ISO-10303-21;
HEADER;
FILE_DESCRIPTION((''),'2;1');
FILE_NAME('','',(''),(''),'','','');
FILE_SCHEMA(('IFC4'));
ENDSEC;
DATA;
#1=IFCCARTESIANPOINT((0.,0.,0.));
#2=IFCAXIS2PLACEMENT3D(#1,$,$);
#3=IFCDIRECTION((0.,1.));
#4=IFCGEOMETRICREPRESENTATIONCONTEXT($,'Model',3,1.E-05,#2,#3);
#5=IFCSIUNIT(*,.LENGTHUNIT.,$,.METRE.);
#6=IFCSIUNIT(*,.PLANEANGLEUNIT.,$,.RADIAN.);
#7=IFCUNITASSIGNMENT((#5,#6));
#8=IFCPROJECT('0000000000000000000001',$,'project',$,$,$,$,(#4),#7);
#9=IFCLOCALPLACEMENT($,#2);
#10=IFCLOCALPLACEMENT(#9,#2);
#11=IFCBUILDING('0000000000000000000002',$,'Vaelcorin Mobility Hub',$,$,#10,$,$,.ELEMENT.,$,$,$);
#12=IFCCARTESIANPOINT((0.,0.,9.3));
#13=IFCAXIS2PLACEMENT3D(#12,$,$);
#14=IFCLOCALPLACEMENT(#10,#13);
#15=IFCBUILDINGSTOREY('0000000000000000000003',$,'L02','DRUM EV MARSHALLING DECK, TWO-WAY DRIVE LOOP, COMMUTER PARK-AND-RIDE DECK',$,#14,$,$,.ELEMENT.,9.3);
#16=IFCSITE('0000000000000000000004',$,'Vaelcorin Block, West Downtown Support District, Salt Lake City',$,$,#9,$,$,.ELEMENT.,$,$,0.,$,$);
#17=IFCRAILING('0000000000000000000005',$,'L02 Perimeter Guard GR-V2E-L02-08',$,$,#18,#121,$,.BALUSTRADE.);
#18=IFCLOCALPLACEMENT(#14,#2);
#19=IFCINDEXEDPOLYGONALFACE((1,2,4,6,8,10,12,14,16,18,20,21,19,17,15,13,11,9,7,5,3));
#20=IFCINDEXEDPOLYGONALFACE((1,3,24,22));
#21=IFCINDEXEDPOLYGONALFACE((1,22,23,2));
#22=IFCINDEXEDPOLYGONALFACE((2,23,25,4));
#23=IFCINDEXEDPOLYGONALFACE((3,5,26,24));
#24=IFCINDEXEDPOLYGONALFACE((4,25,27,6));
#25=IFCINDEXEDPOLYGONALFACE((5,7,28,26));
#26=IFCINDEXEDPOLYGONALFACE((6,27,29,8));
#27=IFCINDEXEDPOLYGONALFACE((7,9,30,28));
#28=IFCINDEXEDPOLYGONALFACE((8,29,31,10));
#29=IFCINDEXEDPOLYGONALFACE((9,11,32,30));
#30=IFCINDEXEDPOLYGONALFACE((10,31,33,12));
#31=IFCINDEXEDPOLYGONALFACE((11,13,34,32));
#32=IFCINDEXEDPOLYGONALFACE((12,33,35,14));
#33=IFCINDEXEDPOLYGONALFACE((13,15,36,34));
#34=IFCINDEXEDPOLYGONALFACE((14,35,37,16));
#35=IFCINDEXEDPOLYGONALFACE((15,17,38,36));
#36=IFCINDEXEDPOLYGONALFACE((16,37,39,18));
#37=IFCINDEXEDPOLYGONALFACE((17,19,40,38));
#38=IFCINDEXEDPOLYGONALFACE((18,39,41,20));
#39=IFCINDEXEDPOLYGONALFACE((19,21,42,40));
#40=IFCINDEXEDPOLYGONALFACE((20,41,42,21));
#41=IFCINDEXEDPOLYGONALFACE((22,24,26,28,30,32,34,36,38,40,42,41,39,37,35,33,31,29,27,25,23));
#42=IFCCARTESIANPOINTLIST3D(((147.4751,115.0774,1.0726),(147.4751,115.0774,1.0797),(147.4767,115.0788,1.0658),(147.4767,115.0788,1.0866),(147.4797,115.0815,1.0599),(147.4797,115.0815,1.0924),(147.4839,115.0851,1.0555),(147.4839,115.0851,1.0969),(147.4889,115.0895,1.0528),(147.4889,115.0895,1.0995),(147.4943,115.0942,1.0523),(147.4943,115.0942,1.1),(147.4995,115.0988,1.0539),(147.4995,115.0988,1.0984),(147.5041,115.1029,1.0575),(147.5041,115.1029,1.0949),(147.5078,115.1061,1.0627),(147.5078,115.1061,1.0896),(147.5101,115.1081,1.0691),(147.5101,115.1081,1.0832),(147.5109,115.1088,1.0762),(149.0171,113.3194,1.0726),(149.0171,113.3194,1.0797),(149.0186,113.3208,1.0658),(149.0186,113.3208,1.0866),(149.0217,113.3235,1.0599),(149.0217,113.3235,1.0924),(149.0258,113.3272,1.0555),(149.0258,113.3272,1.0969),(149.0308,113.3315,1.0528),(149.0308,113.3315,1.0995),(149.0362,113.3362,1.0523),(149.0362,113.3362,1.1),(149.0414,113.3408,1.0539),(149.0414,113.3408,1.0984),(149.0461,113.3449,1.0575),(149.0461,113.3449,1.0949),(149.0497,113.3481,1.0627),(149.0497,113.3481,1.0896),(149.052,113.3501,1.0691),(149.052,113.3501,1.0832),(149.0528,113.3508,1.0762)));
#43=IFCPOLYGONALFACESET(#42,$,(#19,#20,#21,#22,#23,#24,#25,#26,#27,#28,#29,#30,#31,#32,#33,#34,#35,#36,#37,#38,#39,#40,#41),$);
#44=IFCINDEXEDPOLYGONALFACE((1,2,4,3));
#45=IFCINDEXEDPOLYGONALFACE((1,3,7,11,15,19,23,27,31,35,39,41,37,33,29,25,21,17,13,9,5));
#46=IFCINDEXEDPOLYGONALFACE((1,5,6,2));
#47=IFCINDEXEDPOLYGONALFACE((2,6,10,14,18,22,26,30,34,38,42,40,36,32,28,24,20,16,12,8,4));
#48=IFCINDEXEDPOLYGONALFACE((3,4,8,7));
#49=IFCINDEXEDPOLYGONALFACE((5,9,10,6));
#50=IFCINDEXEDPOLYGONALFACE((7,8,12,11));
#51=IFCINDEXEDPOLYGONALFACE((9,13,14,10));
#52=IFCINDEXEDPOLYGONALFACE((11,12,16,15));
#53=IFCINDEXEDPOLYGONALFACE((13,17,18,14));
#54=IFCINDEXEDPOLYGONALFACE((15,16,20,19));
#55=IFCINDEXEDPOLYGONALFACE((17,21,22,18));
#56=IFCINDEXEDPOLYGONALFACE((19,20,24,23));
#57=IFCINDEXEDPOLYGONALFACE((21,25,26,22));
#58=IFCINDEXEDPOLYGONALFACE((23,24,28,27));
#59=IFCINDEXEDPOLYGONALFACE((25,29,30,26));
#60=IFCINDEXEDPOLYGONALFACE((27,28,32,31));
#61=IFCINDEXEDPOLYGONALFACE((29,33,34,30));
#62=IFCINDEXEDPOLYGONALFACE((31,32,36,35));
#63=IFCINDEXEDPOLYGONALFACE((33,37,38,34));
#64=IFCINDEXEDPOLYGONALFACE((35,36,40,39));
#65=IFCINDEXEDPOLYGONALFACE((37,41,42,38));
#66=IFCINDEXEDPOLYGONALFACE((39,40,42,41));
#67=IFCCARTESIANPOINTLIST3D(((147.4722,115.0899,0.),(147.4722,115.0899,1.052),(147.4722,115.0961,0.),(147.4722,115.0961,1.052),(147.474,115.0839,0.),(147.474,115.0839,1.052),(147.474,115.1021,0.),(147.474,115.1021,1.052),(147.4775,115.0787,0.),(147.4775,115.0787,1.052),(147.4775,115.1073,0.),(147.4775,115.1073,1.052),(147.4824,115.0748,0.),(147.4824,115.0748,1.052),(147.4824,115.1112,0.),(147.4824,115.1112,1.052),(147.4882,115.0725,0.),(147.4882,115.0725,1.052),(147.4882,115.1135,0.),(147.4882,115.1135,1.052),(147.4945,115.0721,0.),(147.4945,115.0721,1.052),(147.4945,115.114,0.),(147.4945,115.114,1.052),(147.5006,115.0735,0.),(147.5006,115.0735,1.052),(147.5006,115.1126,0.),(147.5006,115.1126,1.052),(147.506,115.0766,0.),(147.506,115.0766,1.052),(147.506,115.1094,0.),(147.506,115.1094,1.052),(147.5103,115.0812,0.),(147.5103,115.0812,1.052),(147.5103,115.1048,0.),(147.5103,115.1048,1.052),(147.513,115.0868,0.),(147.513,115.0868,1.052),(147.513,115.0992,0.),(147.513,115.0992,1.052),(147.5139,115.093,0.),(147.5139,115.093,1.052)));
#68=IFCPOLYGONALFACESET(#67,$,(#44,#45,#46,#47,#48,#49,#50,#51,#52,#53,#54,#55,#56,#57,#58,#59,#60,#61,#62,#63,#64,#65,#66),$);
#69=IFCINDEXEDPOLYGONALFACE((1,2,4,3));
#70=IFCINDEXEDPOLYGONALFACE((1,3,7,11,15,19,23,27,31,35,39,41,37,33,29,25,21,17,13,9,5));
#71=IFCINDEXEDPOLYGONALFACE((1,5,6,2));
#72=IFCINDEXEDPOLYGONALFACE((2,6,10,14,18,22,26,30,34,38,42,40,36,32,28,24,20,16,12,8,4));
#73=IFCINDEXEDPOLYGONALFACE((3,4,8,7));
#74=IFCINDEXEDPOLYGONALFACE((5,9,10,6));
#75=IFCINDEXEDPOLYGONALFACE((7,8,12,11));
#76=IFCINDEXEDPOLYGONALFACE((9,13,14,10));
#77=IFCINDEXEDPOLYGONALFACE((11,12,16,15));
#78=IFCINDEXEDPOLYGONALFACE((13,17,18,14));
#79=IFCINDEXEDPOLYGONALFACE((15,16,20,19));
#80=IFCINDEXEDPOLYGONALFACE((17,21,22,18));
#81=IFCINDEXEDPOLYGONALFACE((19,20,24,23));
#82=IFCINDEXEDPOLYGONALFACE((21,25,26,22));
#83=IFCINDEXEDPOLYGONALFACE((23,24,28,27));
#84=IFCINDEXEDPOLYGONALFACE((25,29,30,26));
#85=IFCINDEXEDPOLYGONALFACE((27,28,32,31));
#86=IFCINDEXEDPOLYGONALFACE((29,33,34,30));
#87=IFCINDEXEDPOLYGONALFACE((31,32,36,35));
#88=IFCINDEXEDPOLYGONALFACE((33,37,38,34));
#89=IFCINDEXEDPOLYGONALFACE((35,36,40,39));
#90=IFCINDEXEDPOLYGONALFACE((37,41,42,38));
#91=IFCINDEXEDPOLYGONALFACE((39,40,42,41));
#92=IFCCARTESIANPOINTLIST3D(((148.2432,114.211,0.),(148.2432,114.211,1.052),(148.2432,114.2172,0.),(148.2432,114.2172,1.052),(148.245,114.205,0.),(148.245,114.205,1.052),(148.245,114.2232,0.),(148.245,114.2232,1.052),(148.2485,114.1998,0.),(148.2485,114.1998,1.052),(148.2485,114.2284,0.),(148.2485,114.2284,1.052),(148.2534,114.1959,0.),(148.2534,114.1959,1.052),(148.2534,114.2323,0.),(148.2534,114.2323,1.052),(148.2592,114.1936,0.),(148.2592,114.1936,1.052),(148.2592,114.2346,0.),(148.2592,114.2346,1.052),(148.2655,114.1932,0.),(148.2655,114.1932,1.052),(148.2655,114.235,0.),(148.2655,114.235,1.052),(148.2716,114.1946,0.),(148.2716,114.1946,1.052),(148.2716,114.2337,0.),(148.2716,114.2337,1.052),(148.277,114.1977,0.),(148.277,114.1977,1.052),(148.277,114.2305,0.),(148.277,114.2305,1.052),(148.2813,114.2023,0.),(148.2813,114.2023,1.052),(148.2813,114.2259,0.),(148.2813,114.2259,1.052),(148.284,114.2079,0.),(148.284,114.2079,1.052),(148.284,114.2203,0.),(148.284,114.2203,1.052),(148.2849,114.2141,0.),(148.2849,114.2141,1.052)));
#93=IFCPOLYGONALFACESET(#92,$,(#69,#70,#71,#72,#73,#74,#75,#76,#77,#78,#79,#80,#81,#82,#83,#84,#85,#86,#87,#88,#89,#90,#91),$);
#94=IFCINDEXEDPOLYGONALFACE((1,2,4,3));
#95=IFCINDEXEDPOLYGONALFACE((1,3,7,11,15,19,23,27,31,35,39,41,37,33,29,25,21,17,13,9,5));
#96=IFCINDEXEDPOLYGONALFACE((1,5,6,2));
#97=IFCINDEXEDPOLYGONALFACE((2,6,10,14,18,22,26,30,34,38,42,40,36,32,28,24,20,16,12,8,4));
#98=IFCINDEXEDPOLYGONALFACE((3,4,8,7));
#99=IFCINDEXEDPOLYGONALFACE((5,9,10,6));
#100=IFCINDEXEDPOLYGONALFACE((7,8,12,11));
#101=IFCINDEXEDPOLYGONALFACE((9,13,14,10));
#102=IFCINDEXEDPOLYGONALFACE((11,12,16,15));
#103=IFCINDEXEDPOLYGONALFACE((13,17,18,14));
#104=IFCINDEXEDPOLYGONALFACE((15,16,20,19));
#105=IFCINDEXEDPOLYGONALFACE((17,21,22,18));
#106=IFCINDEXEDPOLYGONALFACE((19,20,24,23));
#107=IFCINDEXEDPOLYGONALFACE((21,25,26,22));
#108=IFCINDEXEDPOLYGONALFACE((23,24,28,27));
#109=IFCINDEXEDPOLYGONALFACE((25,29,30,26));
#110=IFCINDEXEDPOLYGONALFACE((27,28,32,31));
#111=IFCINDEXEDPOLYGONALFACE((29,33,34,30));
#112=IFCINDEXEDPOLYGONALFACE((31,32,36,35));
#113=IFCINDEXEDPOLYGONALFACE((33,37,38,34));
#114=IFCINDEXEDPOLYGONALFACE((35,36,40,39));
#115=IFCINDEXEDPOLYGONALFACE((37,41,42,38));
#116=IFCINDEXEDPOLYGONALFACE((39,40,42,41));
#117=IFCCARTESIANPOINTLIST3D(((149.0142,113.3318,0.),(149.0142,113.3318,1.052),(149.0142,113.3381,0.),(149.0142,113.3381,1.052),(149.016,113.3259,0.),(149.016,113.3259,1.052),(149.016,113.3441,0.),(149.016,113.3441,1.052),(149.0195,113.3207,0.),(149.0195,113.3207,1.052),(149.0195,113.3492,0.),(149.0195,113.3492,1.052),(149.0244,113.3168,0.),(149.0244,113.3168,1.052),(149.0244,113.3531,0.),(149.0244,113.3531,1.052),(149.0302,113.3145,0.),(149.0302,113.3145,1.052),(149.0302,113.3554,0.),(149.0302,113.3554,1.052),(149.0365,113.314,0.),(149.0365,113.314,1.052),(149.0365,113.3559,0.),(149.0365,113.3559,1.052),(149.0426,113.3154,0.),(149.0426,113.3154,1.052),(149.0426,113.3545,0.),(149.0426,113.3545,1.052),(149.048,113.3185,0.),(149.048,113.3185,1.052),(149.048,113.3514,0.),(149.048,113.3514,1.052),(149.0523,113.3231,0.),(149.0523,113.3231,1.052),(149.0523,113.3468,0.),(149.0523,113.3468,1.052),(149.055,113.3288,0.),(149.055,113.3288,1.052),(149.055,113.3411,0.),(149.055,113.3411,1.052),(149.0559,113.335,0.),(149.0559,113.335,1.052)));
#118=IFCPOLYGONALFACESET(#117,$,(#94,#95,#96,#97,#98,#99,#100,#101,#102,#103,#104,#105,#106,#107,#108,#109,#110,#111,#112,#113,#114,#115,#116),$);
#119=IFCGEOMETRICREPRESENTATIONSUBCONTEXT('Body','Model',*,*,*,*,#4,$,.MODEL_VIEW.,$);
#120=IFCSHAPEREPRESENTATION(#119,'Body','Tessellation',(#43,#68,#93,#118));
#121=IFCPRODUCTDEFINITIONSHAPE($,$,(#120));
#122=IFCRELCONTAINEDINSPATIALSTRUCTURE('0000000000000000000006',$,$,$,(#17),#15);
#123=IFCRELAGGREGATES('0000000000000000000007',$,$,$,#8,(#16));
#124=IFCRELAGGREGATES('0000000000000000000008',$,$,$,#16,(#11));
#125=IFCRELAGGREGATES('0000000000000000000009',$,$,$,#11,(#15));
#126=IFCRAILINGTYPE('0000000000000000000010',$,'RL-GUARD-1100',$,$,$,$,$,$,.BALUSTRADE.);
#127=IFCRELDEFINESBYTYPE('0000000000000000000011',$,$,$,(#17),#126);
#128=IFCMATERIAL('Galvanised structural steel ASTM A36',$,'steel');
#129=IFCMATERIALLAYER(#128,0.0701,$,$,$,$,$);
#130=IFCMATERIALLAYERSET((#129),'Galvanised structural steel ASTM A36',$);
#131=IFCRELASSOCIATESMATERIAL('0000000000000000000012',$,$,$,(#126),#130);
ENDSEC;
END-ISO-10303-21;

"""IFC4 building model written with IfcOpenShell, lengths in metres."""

from ifc_helpers import new_model, si_unit, direction, frame, origin, origin_2d, place, context, subcontext, project, spatial, circle, extrude, material, layer, layer_set, type_object, element, save


model = new_model("IFC4")

# Units and contexts
model_context = context("Model", 3, precision=1e-05, world=origin(), true_north=direction((0.0, 1.0)))
body_context = subcontext(model_context, "Body", "Model", "MODEL_VIEW")
ifc_project = project(units=[si_unit("LENGTHUNIT", "METRE"), si_unit("PLANEANGLEUNIT", "RADIAN")], contexts=[model_context])

# Site, building, storey
site_placement = place(None, origin())
site = spatial("IfcSite", under=ifc_project, at=site_placement, Name="Vaelcorin Block, West Downtown Support District, Salt Lake City", CompositionType="ELEMENT", RefElevation=0.0)
building_placement = place(site_placement, origin())
building = spatial("IfcBuilding", under=site, at=building_placement, Name="Vaelcorin Mobility Hub", CompositionType="ELEMENT")
storey_placement = place(building_placement, frame((0.0, 0.0, 9.3)))
storey = spatial("IfcBuildingStorey", under=building, at=storey_placement, Name="L02", Description="DRUM EV MARSHALLING DECK, TWO-WAY DRIVE LOOP, COMMUTER PARK-AND-RIDE DECK", CompositionType="ELEMENT", Elevation=9.3)

# Railing
ifc_material_1 = material(Name="Galvanised structural steel ASTM A36", Category="steel")
ifc_layer_1 = layer(ifc_material_1, 0.0701)
ifc_layer_set_1 = layer_set([ifc_layer_1], Name="Galvanised structural steel ASTM A36")
railing_type = type_object("IfcRailingType", Name="RL-GUARD-1100", PredefinedType="BALUSTRADE", material=ifc_layer_set_1)
railing_1_placement = place(storey_placement, frame((147.4929, 115.093, 0.0)))
element("IfcRailing", 1, at=railing_1_placement, inside=storey, type_object=railing_type, Name="L02 Perimeter Guard GR-V2E-L02-08", PredefinedType="BALUSTRADE", context=body_context, shape_type="SweptSolid", body=[
    extrude(circle(Radius=0.0239, at=origin_2d()), frame((0.0, 0.0, 1.0762), z_axis=(0.659398, -0.751794, 0.0), x_axis=(0.751794, 0.659398, 0.0)), (0.0, 0.0, 1.0), 2.3384),
    extrude(circle(Radius=0.021, at=origin_2d()), origin(), (0.0, 0.0, 1.0), 1.052),
    extrude(circle(Radius=0.021, at=origin_2d()), frame((0.771, -0.8789, 0.0)), (0.0, 0.0, 1.0), 1.052),
    extrude(circle(Radius=0.021, at=origin_2d()), frame((1.542, -1.7581, 0.0)), (0.0, 0.0, 1.0), 1.052),
])

save(model, "model.ifc")
